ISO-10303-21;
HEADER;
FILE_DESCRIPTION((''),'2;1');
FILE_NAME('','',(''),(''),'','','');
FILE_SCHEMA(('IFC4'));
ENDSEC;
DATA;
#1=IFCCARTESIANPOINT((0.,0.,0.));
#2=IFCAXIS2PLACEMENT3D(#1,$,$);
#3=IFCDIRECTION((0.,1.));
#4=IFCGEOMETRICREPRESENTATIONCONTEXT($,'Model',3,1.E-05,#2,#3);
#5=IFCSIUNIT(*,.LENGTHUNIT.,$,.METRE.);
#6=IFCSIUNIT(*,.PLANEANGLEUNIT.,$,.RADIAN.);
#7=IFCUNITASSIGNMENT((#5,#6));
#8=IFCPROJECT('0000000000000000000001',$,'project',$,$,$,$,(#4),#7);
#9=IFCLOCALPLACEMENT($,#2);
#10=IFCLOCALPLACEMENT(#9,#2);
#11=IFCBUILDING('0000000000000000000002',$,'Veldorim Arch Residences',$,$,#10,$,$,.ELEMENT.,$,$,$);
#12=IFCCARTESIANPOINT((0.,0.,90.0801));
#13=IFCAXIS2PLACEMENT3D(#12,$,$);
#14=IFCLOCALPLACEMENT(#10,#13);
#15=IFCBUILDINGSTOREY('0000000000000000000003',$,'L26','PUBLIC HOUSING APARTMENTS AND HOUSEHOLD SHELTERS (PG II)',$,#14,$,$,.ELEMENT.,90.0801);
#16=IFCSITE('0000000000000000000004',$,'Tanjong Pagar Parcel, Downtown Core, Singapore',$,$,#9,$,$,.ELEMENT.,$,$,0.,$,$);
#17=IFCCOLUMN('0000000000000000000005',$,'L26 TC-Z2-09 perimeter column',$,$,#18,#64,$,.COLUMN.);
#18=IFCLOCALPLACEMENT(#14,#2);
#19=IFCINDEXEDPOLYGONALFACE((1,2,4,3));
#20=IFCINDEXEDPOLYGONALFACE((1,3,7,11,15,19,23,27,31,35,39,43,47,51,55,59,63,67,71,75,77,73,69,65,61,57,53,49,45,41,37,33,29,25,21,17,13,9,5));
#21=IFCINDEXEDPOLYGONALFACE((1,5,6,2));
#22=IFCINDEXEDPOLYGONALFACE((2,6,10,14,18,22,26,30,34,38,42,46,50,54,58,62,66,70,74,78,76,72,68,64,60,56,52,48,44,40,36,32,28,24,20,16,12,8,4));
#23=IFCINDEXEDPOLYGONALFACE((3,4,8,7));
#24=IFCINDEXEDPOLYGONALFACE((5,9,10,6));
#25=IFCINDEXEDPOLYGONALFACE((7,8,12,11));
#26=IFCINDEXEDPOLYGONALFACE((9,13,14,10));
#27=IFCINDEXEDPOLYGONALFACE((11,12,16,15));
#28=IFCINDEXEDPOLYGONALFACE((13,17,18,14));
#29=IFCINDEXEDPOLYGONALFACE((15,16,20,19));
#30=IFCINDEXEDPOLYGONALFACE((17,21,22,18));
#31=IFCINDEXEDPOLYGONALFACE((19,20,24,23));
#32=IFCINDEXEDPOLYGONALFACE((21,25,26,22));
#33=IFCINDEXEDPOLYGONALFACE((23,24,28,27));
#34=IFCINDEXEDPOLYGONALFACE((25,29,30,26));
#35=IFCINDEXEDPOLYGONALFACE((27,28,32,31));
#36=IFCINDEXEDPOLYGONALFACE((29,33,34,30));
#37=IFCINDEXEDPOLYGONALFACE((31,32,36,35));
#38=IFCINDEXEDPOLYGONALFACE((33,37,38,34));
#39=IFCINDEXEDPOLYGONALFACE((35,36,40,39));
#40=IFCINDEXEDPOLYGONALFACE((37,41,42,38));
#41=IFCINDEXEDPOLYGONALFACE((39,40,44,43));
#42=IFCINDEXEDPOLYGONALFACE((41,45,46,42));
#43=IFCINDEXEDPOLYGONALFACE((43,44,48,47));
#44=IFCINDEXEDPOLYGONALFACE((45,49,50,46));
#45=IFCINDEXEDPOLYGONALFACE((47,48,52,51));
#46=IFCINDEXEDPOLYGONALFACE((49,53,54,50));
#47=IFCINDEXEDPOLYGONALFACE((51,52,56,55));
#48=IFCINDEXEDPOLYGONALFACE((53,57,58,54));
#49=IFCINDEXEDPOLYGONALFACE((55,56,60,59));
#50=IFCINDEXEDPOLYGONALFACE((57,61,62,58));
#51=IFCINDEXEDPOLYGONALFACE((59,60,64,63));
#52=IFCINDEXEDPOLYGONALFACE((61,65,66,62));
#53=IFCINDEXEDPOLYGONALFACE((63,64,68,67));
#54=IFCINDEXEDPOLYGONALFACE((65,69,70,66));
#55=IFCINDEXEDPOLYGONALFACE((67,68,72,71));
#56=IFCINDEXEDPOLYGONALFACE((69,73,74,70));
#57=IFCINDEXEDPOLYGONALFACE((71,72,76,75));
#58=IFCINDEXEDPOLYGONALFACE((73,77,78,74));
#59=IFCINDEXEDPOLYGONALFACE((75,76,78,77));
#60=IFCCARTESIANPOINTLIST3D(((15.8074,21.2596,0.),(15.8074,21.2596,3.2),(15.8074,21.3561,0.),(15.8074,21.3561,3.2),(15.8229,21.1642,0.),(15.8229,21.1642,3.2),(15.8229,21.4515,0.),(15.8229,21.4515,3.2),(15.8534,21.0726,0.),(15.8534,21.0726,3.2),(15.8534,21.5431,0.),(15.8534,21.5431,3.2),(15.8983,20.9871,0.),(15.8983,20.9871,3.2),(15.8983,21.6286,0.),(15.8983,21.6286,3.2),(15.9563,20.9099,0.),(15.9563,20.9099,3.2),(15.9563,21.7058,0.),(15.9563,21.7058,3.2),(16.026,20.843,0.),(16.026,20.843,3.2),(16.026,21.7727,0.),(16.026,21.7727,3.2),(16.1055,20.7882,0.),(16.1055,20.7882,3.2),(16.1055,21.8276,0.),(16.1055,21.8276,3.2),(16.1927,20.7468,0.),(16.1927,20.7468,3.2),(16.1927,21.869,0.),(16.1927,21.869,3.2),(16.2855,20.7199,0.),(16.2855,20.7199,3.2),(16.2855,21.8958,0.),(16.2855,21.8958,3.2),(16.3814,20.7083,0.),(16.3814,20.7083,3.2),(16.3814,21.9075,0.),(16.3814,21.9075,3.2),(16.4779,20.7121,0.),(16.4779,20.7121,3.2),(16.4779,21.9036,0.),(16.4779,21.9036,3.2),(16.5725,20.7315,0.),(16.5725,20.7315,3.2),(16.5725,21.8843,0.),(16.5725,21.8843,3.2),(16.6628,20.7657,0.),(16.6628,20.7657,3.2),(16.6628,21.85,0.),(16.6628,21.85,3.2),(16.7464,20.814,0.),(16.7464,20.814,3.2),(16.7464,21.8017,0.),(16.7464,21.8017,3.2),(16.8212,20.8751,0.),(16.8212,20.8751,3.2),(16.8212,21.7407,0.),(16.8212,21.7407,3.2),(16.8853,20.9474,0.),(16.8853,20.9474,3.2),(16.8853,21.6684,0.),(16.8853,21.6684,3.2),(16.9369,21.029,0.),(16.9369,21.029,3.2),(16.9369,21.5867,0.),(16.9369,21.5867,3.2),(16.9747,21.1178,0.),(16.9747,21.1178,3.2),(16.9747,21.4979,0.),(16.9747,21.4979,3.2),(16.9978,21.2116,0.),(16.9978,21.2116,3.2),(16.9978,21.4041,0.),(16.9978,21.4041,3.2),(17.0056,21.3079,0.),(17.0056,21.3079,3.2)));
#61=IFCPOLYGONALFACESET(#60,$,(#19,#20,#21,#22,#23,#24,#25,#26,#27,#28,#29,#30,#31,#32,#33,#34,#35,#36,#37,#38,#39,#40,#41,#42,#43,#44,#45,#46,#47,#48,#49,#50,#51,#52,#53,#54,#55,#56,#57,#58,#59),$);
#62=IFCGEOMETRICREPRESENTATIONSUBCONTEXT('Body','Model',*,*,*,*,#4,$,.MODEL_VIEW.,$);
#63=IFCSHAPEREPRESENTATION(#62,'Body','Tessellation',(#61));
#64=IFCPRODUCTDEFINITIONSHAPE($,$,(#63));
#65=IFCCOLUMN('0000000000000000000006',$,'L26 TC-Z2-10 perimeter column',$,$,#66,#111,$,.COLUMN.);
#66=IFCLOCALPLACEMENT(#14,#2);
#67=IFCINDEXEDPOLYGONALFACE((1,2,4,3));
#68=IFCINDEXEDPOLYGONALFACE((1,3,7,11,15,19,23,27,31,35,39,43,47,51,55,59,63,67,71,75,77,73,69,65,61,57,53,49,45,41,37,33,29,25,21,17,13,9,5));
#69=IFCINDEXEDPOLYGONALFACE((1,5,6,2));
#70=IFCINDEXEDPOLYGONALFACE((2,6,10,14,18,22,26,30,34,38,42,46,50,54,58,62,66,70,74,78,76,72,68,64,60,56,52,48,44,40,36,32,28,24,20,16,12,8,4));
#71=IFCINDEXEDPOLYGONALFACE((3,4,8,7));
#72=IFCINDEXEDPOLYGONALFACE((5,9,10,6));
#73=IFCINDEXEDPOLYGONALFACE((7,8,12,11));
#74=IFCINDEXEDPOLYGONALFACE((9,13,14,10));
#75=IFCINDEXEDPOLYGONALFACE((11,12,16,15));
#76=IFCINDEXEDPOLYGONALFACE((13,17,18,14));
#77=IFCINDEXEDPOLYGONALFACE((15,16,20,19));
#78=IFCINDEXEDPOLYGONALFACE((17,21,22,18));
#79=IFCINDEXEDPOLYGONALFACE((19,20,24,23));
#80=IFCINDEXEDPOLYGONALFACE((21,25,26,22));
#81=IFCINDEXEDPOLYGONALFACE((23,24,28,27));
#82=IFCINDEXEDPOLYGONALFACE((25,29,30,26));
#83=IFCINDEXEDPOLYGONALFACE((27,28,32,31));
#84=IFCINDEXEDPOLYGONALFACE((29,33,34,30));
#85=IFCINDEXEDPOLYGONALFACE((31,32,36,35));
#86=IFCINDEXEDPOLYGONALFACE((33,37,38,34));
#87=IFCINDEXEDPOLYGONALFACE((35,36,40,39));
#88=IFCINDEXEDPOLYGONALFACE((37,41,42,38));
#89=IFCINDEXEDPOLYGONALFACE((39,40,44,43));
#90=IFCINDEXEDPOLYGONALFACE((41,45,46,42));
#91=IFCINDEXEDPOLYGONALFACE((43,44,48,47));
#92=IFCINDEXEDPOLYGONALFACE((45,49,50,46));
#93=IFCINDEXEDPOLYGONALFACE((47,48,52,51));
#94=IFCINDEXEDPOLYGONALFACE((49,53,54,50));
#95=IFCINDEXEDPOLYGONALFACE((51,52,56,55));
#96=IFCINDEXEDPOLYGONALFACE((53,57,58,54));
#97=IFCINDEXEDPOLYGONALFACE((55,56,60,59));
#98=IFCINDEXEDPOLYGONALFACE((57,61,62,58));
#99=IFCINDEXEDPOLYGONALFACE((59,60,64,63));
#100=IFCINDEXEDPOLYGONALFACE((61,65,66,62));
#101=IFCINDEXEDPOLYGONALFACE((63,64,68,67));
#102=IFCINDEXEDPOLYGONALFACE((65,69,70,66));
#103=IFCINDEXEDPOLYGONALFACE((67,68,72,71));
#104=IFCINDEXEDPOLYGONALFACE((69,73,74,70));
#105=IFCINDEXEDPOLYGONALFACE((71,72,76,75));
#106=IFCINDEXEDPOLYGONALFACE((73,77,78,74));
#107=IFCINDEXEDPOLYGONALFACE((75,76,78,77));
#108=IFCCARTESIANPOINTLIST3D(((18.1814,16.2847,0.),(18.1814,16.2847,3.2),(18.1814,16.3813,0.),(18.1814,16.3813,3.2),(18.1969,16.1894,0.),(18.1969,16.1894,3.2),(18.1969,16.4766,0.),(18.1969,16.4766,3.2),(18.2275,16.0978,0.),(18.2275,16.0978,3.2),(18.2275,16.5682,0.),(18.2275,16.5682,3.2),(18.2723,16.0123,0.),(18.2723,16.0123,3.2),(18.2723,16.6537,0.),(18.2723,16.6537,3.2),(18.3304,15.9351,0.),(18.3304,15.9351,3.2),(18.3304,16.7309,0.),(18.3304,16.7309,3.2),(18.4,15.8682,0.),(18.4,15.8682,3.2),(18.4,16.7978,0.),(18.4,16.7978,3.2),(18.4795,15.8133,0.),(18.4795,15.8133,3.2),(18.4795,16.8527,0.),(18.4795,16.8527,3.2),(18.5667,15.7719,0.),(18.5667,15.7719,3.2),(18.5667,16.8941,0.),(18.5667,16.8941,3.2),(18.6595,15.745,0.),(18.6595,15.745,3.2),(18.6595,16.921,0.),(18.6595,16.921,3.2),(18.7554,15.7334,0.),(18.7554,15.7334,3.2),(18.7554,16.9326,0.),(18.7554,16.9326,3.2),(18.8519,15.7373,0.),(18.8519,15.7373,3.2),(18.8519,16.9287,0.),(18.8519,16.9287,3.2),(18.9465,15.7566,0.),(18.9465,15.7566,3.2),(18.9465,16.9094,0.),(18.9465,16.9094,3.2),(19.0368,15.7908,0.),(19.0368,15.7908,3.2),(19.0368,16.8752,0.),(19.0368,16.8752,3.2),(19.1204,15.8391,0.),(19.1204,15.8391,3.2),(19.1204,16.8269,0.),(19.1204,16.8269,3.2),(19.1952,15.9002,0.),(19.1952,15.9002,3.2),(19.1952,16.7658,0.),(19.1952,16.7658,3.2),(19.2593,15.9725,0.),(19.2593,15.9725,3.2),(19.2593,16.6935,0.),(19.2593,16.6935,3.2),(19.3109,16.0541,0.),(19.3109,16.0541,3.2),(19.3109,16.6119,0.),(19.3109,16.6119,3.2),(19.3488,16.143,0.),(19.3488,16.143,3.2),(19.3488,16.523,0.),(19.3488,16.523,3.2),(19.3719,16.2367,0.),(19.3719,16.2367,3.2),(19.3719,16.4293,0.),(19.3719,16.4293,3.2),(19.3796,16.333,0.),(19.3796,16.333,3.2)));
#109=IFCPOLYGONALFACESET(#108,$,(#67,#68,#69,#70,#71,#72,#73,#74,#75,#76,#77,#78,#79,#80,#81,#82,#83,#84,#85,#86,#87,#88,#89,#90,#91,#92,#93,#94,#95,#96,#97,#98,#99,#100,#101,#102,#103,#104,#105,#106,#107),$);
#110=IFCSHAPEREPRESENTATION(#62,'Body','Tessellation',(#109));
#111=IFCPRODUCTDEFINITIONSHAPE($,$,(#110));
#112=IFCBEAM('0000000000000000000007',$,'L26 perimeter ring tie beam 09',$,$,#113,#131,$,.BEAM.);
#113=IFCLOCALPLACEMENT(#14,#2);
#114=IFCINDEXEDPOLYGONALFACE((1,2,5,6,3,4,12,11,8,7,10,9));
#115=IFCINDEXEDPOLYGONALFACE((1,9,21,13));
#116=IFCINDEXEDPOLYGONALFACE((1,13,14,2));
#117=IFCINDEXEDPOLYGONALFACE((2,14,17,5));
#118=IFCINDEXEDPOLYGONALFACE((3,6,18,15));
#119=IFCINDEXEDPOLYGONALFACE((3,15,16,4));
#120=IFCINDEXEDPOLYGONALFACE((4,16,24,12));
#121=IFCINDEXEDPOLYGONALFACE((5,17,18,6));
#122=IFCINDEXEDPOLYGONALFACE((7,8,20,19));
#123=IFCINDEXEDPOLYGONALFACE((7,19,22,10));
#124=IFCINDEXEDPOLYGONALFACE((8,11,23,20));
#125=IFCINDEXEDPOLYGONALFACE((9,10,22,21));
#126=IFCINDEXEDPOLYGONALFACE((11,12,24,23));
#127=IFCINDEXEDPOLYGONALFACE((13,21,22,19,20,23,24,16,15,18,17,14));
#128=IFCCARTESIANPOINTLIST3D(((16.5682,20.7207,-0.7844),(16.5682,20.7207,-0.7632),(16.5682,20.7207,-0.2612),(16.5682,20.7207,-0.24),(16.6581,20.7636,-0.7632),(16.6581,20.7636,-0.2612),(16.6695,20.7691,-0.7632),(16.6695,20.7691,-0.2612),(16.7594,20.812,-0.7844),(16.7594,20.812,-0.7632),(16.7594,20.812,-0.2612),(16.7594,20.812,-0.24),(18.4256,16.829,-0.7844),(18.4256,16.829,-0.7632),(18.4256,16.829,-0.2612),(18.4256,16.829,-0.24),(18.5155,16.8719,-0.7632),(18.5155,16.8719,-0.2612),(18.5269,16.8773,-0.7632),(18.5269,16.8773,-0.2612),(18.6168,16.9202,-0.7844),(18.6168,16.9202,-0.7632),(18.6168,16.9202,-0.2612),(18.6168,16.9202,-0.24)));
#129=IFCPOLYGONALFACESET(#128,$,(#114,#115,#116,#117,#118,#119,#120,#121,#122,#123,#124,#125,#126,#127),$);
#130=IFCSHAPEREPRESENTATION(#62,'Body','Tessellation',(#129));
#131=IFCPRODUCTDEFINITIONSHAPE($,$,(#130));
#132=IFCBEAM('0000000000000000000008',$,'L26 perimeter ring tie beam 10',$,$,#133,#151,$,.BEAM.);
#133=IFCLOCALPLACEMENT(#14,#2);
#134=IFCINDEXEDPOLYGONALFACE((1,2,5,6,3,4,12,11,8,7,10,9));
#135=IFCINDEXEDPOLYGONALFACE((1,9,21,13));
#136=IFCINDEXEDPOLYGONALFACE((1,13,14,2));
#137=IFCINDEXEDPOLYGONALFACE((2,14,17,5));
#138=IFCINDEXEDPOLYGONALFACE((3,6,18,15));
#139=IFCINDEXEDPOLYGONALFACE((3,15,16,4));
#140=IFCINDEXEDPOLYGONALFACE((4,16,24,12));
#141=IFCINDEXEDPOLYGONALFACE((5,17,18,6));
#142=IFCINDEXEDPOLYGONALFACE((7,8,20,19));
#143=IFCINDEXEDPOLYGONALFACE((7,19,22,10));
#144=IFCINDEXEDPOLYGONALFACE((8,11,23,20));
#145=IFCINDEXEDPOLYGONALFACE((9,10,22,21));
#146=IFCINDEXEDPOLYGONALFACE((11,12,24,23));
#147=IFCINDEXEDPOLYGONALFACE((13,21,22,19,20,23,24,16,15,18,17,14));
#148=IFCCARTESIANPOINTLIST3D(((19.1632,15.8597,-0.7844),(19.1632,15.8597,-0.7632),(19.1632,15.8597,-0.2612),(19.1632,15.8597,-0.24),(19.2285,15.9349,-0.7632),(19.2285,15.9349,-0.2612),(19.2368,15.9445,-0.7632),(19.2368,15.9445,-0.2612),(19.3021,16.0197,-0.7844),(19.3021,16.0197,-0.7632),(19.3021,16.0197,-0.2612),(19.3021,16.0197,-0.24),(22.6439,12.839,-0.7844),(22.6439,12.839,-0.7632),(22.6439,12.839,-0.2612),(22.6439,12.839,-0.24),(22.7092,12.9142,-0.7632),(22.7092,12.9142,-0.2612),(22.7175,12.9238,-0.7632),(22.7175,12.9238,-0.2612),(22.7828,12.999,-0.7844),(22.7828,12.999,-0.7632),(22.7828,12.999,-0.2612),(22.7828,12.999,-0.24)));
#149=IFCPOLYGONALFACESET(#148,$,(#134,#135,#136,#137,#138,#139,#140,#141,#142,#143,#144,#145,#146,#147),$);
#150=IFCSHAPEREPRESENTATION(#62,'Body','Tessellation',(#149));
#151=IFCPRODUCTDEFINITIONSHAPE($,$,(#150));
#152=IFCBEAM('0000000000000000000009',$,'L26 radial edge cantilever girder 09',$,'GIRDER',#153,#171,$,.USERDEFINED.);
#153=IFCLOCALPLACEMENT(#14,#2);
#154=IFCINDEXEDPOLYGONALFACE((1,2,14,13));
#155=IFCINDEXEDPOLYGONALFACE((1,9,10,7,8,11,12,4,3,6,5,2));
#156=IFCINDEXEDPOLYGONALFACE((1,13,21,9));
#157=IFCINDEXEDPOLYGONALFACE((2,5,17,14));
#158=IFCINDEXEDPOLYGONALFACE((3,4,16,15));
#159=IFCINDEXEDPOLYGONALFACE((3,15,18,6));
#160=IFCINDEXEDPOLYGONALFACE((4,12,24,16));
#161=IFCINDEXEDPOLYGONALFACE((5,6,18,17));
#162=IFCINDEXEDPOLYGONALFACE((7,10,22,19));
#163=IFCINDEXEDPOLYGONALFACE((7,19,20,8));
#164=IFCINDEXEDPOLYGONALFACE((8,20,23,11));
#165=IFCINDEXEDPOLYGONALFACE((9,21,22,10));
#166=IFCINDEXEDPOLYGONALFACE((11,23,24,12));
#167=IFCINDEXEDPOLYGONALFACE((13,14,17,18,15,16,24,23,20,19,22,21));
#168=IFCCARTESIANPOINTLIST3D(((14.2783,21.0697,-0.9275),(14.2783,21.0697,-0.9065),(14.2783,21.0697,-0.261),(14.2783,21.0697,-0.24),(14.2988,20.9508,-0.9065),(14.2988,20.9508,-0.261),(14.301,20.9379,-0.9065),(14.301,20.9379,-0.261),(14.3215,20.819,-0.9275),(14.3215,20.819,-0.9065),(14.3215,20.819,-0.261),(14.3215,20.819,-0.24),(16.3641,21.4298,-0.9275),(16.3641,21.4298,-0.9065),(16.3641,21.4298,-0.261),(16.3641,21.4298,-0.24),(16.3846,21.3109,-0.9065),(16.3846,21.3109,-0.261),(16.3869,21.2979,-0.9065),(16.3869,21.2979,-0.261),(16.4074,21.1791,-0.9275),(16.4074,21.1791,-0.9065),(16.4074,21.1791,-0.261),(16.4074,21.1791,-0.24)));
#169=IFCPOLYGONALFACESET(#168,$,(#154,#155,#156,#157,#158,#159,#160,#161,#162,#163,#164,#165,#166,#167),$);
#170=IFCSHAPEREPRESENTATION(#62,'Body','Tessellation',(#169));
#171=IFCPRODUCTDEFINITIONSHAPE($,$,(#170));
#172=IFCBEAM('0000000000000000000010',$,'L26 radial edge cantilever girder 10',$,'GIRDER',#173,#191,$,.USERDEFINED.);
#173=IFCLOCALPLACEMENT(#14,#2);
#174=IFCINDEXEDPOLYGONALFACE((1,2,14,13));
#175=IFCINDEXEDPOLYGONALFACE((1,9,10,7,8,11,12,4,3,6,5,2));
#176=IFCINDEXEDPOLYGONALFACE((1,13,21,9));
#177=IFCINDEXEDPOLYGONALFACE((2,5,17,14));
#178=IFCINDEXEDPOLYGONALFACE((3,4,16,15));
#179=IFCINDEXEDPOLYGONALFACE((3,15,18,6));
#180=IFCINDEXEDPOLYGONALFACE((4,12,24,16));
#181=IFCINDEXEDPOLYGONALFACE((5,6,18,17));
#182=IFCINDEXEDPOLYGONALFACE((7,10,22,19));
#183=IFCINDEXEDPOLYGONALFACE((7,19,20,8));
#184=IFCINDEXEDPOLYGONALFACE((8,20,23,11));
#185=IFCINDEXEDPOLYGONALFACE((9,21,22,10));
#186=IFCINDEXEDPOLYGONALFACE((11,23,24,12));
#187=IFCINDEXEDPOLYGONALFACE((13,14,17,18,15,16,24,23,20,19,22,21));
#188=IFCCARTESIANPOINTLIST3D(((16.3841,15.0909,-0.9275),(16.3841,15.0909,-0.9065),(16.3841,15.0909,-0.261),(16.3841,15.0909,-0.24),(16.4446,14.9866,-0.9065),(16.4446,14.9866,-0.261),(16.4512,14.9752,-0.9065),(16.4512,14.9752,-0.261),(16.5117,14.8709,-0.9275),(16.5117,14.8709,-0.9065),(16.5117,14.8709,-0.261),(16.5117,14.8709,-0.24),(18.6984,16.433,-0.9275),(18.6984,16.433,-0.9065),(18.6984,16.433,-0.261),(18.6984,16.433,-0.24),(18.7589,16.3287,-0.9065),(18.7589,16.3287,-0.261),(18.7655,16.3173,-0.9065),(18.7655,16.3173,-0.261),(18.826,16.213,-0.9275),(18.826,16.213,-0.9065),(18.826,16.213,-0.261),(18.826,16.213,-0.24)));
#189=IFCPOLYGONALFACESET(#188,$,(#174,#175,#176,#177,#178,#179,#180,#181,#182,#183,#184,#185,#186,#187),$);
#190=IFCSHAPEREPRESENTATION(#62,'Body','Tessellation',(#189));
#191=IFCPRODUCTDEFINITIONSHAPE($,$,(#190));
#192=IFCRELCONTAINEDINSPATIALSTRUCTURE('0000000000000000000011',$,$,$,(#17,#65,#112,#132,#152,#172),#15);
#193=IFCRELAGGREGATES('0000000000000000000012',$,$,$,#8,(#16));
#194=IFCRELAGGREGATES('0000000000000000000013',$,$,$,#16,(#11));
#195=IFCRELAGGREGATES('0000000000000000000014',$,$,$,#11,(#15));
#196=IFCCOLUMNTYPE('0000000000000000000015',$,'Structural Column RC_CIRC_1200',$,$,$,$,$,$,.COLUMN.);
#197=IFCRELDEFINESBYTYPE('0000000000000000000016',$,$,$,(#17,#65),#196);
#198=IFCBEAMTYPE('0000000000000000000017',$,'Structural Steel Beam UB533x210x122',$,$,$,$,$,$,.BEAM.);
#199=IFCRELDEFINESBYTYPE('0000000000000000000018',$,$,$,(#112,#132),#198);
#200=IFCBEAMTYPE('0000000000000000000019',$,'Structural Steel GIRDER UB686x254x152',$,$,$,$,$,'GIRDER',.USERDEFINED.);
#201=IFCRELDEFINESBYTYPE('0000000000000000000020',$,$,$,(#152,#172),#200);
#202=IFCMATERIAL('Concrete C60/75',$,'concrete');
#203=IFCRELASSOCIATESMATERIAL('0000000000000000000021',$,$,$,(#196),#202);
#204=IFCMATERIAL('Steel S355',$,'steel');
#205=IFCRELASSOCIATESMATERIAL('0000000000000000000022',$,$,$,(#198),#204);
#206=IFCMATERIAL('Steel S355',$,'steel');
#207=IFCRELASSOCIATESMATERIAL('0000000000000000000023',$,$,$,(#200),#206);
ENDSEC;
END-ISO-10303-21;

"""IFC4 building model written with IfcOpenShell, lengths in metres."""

from ifc_helpers import new_model, si_unit, direction, frame, origin, origin_2d, place, context, subcontext, project, spatial, circle, i_section, extrude, material, material_profile, profile_set, type_object, element, save


model = new_model("IFC4")

# Units and contexts
model_context = context("Model", 3, precision=1e-05, world=origin(), true_north=direction((0.0, 1.0)))
body_context = subcontext(model_context, "Body", "Model", "MODEL_VIEW")
ifc_project = project(units=[si_unit("LENGTHUNIT", "METRE"), si_unit("PLANEANGLEUNIT", "RADIAN")], contexts=[model_context])

# Site, building, storey
site_placement = place(None, origin())
site = spatial("IfcSite", under=ifc_project, at=site_placement, Name="Tanjong Pagar Parcel, Downtown Core, Singapore", CompositionType="ELEMENT", RefElevation=0.0)
building_placement = place(site_placement, origin())
building = spatial("IfcBuilding", under=site, at=building_placement, Name="Veldorim Arch Residences", CompositionType="ELEMENT")
storey_placement = place(building_placement, frame((0.0, 0.0, 90.0801)))
storey = spatial("IfcBuildingStorey", under=building, at=storey_placement, Name="L26", Description="PUBLIC HOUSING APARTMENTS AND HOUSEHOLD SHELTERS (PG II)", CompositionType="ELEMENT", Elevation=90.0801)

# Columns
ifc_material_1 = material(Name="Concrete C60/75", Category="concrete")
ifc_material_profile_1 = material_profile(ifc_material_1, circle(Radius=0.6001, at=origin_2d()), Name="RC_CIRC_1200")
ifc_profile_set_1 = profile_set([ifc_material_profile_1], Name="Concrete C60/75")
column_type = type_object("IfcColumnType", Name="Structural Column RC_CIRC_1200", PredefinedType="COLUMN", material=ifc_profile_set_1)
for number, where, z_axis, x_axis, name in (
    (1, (16.4055, 21.3079, 0.0), (0.0, 0.0, 1.0), (1.0, 0.0, 0.0), "L26 TC-Z2-09 perimeter column"),
    (2, (18.7795, 16.333, 0.0), (0.0, 0.0, 1.0), (1.0, 0.0, 0.0), "L26 TC-Z2-10 perimeter column"),
):
    element("IfcColumn", number, at=place(storey_placement, frame(where, z_axis=z_axis, x_axis=x_axis)), inside=storey, type_object=column_type, Name=name, PredefinedType="COLUMN", context=body_context, shape_type="SweptSolid", body=[
        extrude(circle(Radius=0.6001, at=origin_2d()), origin(), (0.0, 0.0, 1.0), 3.2),
    ])

# Beams
ifc_material_2 = material(Name="Steel S355", Category="steel")
ifc_material_profile_2 = material_profile(ifc_material_2, i_section(OverallWidth=0.2119, OverallDepth=0.5444, WebThickness=0.0127, FlangeThickness=0.0212, at=origin_2d()), Name="UB533x210x122")
ifc_profile_set_2 = profile_set([ifc_material_profile_2], Name="Steel S355")
beam_type_1 = type_object("IfcBeamType", Name="Structural Steel Beam UB533x210x122", PredefinedType="BEAM", material=ifc_profile_set_2)
beam_1_placement = place(storey_placement, frame((16.6638, 20.7664, -0.5122), z_axis=(0.43072, -0.902486, 0.0), x_axis=(0.902486, 0.43072, 0.0)))
element("IfcBeam", 3, at=beam_1_placement, inside=storey, type_object=beam_type_1, Name="L26 perimeter ring tie beam 09", PredefinedType="BEAM", context=body_context, shape_type="SweptSolid", body=[
    extrude(i_section(OverallWidth=0.2119, OverallDepth=0.5444, WebThickness=0.0127, FlangeThickness=0.0212, at=origin_2d()), origin(), (0.0, 0.0, 1.0), 4.3123),
])
beam_2_placement = place(storey_placement, frame((19.2327, 15.9397, -0.5122), z_axis=(0.755245, -0.655443, 0.0), x_axis=(0.655443, 0.755245, 0.0)))
element("IfcBeam", 4, at=beam_2_placement, inside=storey, type_object=beam_type_1, Name="L26 perimeter ring tie beam 10", PredefinedType="BEAM", context=body_context, shape_type="SweptSolid", body=[
    extrude(i_section(OverallWidth=0.2119, OverallDepth=0.5444, WebThickness=0.0127, FlangeThickness=0.0212, at=origin_2d()), origin(), (0.0, 0.0, 1.0), 4.6086),
])
ifc_material_3 = material(Name="Steel S355", Category="steel")
ifc_material_profile_3 = material_profile(ifc_material_3, i_section(OverallWidth=0.2544, OverallDepth=0.6875, WebThickness=0.0132, FlangeThickness=0.021, at=origin_2d()), Name="UB686x254x152")
ifc_profile_set_3 = profile_set([ifc_material_profile_3], Name="Steel S355")
beam_type_2 = type_object("IfcBeamType", Name="Structural Steel GIRDER UB686x254x152", ElementType="GIRDER", PredefinedType="USERDEFINED", material=ifc_profile_set_3)
beam_3_placement = place(storey_placement, frame((16.3857, 21.3044, -0.5837), z_axis=(-0.985423, -0.170119, 0.0), x_axis=(0.170119, -0.985423, 0.0)))
element("IfcBeam", 5, at=beam_3_placement, inside=storey, type_object=beam_type_2, Name="L26 radial edge cantilever girder 09", ObjectType="GIRDER", PredefinedType="USERDEFINED", context=body_context, shape_type="SweptSolid", body=[
    extrude(i_section(OverallWidth=0.2544, OverallDepth=0.6875, WebThickness=0.0132, FlangeThickness=0.021, at=origin_2d()), origin(), (0.0, 0.0, 1.0), 2.1167),
])
beam_4_placement = place(storey_placement, frame((18.7622, 16.323, -0.5837), z_axis=(-0.865064, -0.501662, 0.0), x_axis=(0.501662, -0.865064, 0.0)))
element("IfcBeam", 6, at=beam_4_placement, inside=storey, type_object=beam_type_2, Name="L26 radial edge cantilever girder 10", ObjectType="GIRDER", PredefinedType="USERDEFINED", context=body_context, shape_type="SweptSolid", body=[
    extrude(i_section(OverallWidth=0.2544, OverallDepth=0.6875, WebThickness=0.0132, FlangeThickness=0.021, at=origin_2d()), origin(), (0.0, 0.0, 1.0), 2.6753),
])

save(model, "model.ifc")
